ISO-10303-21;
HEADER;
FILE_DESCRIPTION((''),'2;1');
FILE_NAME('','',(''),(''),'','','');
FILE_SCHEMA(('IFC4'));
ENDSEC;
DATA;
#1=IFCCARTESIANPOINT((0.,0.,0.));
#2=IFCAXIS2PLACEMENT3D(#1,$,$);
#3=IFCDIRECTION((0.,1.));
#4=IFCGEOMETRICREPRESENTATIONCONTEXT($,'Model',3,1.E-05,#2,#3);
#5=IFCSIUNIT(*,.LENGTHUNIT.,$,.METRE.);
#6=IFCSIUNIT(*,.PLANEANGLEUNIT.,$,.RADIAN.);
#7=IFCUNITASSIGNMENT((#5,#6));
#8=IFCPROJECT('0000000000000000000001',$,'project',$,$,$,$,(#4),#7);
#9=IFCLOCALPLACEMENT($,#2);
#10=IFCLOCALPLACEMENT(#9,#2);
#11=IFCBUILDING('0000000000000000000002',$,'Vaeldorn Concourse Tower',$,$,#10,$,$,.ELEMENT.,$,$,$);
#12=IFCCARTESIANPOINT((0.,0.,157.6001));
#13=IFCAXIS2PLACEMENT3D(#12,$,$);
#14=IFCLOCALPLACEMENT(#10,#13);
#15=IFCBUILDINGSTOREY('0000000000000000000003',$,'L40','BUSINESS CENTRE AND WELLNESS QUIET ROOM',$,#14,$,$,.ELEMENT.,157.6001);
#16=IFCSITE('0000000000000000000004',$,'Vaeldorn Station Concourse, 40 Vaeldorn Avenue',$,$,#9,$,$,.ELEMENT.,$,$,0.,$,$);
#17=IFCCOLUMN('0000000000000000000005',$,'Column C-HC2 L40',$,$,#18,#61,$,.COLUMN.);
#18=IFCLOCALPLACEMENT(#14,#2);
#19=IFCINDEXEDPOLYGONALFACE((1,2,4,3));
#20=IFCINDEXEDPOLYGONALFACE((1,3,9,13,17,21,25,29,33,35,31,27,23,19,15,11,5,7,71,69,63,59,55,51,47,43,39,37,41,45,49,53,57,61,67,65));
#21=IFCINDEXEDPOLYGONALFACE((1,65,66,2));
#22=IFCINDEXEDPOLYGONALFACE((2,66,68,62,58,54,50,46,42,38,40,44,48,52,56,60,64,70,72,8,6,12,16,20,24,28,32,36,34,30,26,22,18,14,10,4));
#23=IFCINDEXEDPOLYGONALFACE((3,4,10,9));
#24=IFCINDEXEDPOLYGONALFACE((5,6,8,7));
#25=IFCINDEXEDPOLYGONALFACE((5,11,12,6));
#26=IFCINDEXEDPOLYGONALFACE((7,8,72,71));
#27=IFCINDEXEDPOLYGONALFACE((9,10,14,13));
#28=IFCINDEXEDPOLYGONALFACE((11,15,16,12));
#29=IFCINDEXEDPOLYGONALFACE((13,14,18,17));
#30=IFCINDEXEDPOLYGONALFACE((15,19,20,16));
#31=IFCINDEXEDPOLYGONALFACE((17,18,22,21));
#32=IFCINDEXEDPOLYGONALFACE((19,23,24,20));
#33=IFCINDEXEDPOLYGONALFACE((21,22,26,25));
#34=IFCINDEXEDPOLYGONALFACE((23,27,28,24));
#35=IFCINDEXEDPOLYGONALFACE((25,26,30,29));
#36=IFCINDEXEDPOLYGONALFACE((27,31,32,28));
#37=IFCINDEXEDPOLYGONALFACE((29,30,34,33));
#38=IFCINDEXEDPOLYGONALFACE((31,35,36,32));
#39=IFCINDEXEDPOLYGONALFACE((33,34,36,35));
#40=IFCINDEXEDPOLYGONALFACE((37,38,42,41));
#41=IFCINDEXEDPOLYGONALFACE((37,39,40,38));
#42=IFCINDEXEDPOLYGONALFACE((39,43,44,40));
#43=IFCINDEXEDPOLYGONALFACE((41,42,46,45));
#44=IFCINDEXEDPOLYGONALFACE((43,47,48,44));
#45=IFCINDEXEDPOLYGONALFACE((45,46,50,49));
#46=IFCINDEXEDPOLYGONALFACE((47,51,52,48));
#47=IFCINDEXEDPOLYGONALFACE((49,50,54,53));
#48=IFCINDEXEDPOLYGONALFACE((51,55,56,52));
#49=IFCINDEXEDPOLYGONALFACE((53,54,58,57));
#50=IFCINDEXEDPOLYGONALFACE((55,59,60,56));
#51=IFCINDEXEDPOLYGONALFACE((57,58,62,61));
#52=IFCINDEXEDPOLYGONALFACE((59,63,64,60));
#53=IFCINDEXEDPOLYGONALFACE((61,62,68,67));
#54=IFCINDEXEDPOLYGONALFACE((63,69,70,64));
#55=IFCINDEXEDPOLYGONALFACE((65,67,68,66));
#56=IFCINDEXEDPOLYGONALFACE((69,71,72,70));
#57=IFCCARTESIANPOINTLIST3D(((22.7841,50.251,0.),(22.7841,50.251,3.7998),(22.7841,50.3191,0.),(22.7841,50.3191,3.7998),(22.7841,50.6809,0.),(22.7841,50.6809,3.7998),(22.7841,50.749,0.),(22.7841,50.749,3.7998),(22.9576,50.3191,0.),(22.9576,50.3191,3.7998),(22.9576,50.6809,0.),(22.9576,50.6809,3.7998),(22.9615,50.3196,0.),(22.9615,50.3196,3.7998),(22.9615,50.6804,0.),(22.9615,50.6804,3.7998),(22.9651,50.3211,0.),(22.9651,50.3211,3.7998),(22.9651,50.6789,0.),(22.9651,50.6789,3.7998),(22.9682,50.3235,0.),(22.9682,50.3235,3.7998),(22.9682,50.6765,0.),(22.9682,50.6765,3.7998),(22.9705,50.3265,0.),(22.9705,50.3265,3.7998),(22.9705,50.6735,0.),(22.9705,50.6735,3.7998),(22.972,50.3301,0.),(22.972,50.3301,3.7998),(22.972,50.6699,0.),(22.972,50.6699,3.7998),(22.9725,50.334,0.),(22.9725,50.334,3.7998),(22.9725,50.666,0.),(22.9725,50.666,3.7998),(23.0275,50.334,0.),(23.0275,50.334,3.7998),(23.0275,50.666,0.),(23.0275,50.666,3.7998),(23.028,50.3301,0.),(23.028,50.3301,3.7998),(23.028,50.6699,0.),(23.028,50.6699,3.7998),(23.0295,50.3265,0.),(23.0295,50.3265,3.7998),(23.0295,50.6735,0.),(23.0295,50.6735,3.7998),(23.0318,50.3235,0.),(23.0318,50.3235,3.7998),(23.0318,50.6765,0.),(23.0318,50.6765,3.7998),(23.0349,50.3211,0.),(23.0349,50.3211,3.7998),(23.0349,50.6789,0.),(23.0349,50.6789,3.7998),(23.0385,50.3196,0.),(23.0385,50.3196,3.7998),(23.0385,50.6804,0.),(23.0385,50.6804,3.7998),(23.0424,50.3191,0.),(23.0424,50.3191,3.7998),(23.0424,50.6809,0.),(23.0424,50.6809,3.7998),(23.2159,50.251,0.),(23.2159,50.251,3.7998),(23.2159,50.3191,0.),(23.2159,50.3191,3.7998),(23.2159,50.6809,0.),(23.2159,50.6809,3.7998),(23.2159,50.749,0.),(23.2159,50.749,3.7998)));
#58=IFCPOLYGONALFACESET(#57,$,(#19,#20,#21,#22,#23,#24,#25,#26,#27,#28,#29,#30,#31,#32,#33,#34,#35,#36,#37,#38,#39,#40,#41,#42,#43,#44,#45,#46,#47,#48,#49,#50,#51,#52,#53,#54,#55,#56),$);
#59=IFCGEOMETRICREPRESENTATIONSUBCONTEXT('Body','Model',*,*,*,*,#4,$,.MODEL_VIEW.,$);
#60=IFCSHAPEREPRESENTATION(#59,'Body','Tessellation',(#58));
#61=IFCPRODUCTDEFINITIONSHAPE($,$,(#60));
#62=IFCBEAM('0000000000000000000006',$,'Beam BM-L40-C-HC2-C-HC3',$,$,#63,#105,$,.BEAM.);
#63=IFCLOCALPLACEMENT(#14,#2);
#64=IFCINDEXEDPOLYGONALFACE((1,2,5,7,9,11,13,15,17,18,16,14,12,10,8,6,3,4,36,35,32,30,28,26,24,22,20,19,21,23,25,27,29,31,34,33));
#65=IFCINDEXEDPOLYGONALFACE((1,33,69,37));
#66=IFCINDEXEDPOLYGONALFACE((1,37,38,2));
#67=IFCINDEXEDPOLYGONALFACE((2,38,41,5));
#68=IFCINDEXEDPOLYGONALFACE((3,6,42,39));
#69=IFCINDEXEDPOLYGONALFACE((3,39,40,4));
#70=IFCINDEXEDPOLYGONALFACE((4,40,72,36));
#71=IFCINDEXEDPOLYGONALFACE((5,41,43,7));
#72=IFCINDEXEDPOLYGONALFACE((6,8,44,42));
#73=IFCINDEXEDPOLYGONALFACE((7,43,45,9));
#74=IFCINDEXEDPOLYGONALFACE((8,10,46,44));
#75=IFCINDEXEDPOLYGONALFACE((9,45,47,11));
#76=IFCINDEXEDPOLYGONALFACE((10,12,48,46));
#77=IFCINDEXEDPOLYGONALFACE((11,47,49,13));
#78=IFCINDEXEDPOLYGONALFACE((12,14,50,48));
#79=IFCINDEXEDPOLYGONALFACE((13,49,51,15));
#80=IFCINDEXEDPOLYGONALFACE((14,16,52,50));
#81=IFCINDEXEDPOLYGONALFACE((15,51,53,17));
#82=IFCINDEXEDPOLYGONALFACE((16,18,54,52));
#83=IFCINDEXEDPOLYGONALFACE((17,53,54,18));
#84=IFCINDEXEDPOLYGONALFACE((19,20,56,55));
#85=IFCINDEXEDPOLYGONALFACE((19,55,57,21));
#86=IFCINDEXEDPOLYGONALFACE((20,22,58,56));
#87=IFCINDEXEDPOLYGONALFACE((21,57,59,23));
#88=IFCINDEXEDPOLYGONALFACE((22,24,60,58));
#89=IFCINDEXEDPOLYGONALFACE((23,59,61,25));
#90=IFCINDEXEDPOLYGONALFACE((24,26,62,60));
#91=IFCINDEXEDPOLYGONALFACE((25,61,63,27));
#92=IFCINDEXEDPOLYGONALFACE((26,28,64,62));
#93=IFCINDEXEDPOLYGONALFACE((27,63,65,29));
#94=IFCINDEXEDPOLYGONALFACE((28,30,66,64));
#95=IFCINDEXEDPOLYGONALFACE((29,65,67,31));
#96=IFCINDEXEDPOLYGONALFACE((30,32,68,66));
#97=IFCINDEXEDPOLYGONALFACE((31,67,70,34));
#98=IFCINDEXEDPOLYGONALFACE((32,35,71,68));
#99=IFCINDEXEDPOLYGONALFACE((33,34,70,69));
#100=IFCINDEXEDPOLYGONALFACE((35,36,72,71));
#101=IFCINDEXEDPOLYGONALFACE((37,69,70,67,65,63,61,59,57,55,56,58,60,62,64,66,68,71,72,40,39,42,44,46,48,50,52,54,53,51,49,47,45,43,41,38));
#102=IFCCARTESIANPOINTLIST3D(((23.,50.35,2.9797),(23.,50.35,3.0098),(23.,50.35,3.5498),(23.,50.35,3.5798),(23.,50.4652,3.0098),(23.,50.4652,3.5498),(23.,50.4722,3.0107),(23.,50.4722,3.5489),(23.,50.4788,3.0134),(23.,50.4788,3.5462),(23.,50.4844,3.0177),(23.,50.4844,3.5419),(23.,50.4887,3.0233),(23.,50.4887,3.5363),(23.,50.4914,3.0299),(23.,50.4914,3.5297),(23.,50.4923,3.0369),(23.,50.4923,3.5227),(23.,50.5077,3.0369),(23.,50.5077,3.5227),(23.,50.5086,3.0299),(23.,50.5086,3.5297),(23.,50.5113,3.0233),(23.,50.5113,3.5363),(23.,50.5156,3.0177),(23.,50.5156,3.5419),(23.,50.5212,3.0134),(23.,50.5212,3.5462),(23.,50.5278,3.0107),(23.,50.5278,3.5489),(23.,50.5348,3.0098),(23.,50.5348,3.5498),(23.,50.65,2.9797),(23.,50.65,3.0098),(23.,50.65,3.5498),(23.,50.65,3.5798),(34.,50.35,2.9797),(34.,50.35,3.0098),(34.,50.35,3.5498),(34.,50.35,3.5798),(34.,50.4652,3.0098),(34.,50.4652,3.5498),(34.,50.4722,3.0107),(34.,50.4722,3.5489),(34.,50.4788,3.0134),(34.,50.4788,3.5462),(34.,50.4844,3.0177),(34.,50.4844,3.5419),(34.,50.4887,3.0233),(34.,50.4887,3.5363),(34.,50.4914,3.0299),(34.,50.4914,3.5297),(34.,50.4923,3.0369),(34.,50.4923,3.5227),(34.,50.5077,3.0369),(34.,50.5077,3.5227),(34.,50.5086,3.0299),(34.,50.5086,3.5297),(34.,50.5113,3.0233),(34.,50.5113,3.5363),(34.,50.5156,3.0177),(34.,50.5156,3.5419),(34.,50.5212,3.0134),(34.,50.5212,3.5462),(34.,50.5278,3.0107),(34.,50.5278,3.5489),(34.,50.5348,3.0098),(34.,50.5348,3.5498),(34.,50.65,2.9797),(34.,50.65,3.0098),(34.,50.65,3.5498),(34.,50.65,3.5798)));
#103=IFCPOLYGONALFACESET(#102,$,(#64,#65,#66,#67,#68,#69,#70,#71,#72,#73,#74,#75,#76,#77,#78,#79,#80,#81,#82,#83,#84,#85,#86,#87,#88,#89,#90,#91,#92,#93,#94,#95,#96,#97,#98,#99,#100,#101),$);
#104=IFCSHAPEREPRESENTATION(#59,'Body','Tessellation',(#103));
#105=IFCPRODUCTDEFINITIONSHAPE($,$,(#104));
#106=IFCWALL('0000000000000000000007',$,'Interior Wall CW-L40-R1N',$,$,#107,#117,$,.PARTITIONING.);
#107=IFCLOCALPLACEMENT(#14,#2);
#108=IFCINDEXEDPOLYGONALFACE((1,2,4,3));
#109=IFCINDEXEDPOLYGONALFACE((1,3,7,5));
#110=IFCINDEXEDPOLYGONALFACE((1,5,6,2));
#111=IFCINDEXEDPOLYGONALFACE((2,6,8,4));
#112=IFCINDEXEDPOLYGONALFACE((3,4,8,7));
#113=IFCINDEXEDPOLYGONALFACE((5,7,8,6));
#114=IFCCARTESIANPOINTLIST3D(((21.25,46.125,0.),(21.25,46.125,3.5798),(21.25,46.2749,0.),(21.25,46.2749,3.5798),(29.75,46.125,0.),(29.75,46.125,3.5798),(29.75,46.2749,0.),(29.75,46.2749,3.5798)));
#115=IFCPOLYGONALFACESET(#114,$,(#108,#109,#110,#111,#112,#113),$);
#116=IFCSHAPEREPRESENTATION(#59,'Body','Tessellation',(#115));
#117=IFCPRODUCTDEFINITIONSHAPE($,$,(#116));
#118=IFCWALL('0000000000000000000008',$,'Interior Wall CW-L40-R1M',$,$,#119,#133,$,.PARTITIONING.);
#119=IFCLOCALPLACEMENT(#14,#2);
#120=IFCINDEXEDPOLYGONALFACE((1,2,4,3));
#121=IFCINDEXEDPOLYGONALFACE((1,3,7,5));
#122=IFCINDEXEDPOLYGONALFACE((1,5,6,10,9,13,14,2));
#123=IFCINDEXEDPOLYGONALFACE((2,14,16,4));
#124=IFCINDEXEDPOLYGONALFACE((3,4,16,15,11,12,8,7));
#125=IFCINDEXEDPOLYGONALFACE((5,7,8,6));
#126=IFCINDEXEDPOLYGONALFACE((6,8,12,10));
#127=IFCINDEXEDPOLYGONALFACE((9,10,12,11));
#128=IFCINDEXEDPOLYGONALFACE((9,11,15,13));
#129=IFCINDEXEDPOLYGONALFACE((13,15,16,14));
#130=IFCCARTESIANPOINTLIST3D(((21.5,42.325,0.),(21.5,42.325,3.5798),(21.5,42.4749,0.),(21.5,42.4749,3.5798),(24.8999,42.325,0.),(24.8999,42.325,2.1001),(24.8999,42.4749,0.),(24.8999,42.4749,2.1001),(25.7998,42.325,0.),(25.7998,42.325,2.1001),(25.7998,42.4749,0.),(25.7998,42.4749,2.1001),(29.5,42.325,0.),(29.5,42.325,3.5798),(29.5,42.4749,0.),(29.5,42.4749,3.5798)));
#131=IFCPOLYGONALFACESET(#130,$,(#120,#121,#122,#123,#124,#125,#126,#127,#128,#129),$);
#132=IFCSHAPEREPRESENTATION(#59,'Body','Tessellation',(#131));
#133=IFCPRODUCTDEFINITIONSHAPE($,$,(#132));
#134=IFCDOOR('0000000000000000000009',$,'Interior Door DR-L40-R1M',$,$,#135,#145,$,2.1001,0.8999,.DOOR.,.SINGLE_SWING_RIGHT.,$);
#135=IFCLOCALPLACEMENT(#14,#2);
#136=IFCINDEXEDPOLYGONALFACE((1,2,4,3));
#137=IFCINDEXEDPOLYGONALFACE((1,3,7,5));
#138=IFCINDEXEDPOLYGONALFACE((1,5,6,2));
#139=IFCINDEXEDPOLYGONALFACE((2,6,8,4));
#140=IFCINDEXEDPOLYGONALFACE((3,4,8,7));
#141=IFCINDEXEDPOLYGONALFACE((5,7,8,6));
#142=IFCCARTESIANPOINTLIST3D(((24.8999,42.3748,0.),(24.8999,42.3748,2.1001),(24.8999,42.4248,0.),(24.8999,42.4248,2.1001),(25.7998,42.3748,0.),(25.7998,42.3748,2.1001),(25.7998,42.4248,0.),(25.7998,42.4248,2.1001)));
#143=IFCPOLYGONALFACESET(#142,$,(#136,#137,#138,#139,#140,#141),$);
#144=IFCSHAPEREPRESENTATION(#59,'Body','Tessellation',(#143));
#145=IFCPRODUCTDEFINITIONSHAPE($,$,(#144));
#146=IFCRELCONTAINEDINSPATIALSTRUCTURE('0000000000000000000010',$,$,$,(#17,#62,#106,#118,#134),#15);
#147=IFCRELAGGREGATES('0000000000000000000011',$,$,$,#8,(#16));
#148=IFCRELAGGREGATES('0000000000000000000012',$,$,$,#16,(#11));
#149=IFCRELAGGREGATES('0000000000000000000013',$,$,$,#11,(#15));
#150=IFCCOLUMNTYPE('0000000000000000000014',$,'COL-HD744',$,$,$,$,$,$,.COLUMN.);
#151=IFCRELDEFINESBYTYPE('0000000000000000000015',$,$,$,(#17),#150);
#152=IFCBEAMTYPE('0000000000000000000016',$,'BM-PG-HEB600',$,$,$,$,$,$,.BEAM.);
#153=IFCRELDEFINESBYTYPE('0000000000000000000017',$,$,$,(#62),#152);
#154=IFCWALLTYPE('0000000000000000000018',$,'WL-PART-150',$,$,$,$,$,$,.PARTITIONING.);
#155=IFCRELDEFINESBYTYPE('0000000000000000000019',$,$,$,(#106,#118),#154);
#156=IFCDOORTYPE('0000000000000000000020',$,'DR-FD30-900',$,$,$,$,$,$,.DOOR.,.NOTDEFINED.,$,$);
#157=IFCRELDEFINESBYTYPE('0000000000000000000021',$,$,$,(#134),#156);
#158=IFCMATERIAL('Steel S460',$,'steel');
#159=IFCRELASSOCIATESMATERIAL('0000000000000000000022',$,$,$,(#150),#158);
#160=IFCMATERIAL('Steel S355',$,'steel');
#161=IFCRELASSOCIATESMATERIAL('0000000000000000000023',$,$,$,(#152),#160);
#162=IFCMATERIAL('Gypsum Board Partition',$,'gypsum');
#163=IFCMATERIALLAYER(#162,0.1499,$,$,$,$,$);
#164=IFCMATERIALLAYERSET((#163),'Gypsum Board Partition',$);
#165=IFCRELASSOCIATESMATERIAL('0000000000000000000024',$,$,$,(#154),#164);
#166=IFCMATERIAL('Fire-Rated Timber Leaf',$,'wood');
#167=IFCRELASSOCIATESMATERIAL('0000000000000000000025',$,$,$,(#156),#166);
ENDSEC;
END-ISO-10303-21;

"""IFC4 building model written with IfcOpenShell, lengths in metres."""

from ifc_helpers import new_model, si_unit, direction, frame, frame_2d, origin, origin_2d, place, context, subcontext, project, spatial, rectangle, i_section, extrude, source, transform, mapped, material, layer, layer_set, material_profile, profile_set, type_object, element, fill, save


model = new_model("IFC4")

# Units and contexts
model_context = context("Model", 3, precision=1e-05, world=origin(), true_north=direction((0.0, 1.0)))
body_context = subcontext(model_context, "Body", "Model", "MODEL_VIEW")
ifc_project = project(units=[si_unit("LENGTHUNIT", "METRE"), si_unit("PLANEANGLEUNIT", "RADIAN")], contexts=[model_context])

# Site, building, storey
site_placement = place(None, origin())
site = spatial("IfcSite", under=ifc_project, at=site_placement, Name="Vaeldorn Station Concourse, 40 Vaeldorn Avenue", CompositionType="ELEMENT", RefElevation=0.0)
building_placement = place(site_placement, origin())
building = spatial("IfcBuilding", under=site, at=building_placement, Name="Vaeldorn Concourse Tower", CompositionType="ELEMENT")
storey_placement = place(building_placement, frame((0.0, 0.0, 157.6001)))
storey = spatial("IfcBuildingStorey", under=building, at=storey_placement, Name="L40", Description="BUSINESS CENTRE AND WELLNESS QUIET ROOM", CompositionType="ELEMENT", Elevation=157.6001)

# Column
ifc_material_1 = material(Name="Steel S460", Category="steel")
ifc_material_profile_1 = material_profile(ifc_material_1, i_section(OverallWidth=0.4319, OverallDepth=0.498, WebThickness=0.0549, FlangeThickness=0.0681, FilletRadius=0.0149, at=origin_2d()), Name="HD 400x744")
ifc_profile_set_1 = profile_set([ifc_material_profile_1], Name="Steel S460")
column_type = type_object("IfcColumnType", Name="COL-HD744", PredefinedType="COLUMN", material=ifc_profile_set_1)
shared_shape_1 = source(origin(), body_context, "Body", "SweptSolid", [
    extrude(i_section(OverallWidth=0.4319, OverallDepth=0.498, WebThickness=0.0549, FlangeThickness=0.0681, FilletRadius=0.0149, at=origin_2d()), origin(), (0.0, 0.0, 1.0), 3.7998),
])
column_placement = place(storey_placement, frame((23.0, 50.5, 0.0), z_axis=(0.0, 0.0, 1.0), x_axis=(1.0, 0.0, 0.0)))
element("IfcColumn", 1, at=column_placement, inside=storey, type_object=column_type, Name="Column C-HC2 L40", PredefinedType="COLUMN", context=body_context, shape_type="MappedRepresentation", body=[
    mapped(shared_shape_1, transform((0.0, 0.0, 0.0), scale=1.0)),
])

# Beam
ifc_material_2 = material(Name="Steel S355", Category="steel")
ifc_material_profile_2 = material_profile(ifc_material_2, i_section(OverallWidth=0.3, OverallDepth=0.6001, WebThickness=0.0154, FlangeThickness=0.03, FilletRadius=0.0271, at=origin_2d()), Name="HEB 600")
ifc_profile_set_2 = profile_set([ifc_material_profile_2], Name="Steel S355")
beam_type = type_object("IfcBeamType", Name="BM-PG-HEB600", PredefinedType="BEAM", material=ifc_profile_set_2)
shared_shape_2 = source(origin(), body_context, "Body", "SweptSolid", [
    extrude(i_section(OverallWidth=0.3, OverallDepth=0.6001, WebThickness=0.0154, FlangeThickness=0.03, FilletRadius=0.0271, at=origin_2d()), origin(), (0.0, 0.0, 1.0), 11.0),
])
beam_placement = place(storey_placement, frame((23.0, 50.5, 3.2798), z_axis=(1.0, 0.0, 0.0), x_axis=(0.0, 1.0, 0.0)))
element("IfcBeam", 2, at=beam_placement, inside=storey, type_object=beam_type, Name="Beam BM-L40-C-HC2-C-HC3", PredefinedType="BEAM", context=body_context, shape_type="MappedRepresentation", body=[
    mapped(shared_shape_2, transform((0.0, 0.0, 0.0), scale=1.0)),
])

# Wall
ifc_material_3 = material(Name="Gypsum Board Partition", Category="gypsum")
ifc_layer_1 = layer(ifc_material_3, 0.1499)
ifc_layer_set_1 = layer_set([ifc_layer_1], Name="Gypsum Board Partition")
wall_type_1 = type_object("IfcWallType", Name="WL-PART-150", PredefinedType="PARTITIONING", material=ifc_layer_set_1)
wall_1_placement = place(storey_placement, frame((21.25, 46.2, 0.0), z_axis=(0.0, 0.0, 1.0), x_axis=(1.0, 0.0, 0.0)))
element("IfcWall", 3, at=wall_1_placement, inside=storey, type_object=wall_type_1, Name="Interior Wall CW-L40-R1N", PredefinedType="PARTITIONING", context=body_context, shape_type="SweptSolid", body=[
    extrude(rectangle(XDim=8.5, YDim=0.1499, at=frame_2d((4.25, 0.0))), origin(), (0.0, 0.0, 1.0), 3.5798),
])

# Wall, opening, door
wall_2_placement = place(storey_placement, frame((21.5, 42.3999, 0.0), z_axis=(0.0, 0.0, 1.0), x_axis=(1.0, 0.0, 0.0)))
wall_2 = element("IfcWall", 4, at=wall_2_placement, inside=storey, type_object=wall_type_1, Name="Interior Wall CW-L40-R1M", PredefinedType="PARTITIONING", context=body_context, shape_type="SweptSolid", body=[
    extrude(rectangle(XDim=8.0, YDim=0.1499, at=frame_2d((4.0, 0.0))), origin(), (0.0, 0.0, 1.0), 3.5798),
])
opening_1_placement = place(wall_2_placement, frame((3.3999, 0.0, 0.0)))
opening_1 = element("IfcOpeningElement", 5, at=opening_1_placement, cuts=wall_2, PredefinedType="OPENING", context=body_context, shape_type="SweptSolid", body=[
    extrude(rectangle(XDim=0.8999, YDim=2.1001, at=frame_2d((0.45, 1.05))), frame((0.0, 0.085, 0.0), z_axis=(0.0, -1.0, 0.0), x_axis=(1.0, 0.0, 0.0)), (0.0, 0.0, 1.0), 0.1699),
])
ifc_material_4 = material(Name="Fire-Rated Timber Leaf", Category="wood")
door_type_1 = type_object("IfcDoorType", Name="DR-FD30-900", OperationType="NOTDEFINED", PredefinedType="DOOR", material=ifc_material_4)
shared_shape_3 = source(origin(), body_context, "Body", "SweptSolid", [
    extrude(rectangle(XDim=0.8999, YDim=2.1001, at=frame_2d((0.45, 1.05))), frame((0.0, 0.0249, 0.0), z_axis=(0.0, -1.0, 0.0), x_axis=(1.0, 0.0, 0.0)), (0.0, 0.0, 1.0), 0.05),
])
door_1_placement = place(opening_1_placement, origin())
door_1 = element("IfcDoor", 6, at=door_1_placement, inside=storey, type_object=door_type_1, Name="Interior Door DR-L40-R1M", OperationType="SINGLE_SWING_RIGHT", OverallHeight=2.1001, OverallWidth=0.8999, PredefinedType="DOOR", context=body_context, shape_type="MappedRepresentation", body=[
    mapped(shared_shape_3, transform((0.0, 0.0, 0.0), scale=1.0)),
])
fill(opening_1, door_1)

save(model, "model.ifc")
